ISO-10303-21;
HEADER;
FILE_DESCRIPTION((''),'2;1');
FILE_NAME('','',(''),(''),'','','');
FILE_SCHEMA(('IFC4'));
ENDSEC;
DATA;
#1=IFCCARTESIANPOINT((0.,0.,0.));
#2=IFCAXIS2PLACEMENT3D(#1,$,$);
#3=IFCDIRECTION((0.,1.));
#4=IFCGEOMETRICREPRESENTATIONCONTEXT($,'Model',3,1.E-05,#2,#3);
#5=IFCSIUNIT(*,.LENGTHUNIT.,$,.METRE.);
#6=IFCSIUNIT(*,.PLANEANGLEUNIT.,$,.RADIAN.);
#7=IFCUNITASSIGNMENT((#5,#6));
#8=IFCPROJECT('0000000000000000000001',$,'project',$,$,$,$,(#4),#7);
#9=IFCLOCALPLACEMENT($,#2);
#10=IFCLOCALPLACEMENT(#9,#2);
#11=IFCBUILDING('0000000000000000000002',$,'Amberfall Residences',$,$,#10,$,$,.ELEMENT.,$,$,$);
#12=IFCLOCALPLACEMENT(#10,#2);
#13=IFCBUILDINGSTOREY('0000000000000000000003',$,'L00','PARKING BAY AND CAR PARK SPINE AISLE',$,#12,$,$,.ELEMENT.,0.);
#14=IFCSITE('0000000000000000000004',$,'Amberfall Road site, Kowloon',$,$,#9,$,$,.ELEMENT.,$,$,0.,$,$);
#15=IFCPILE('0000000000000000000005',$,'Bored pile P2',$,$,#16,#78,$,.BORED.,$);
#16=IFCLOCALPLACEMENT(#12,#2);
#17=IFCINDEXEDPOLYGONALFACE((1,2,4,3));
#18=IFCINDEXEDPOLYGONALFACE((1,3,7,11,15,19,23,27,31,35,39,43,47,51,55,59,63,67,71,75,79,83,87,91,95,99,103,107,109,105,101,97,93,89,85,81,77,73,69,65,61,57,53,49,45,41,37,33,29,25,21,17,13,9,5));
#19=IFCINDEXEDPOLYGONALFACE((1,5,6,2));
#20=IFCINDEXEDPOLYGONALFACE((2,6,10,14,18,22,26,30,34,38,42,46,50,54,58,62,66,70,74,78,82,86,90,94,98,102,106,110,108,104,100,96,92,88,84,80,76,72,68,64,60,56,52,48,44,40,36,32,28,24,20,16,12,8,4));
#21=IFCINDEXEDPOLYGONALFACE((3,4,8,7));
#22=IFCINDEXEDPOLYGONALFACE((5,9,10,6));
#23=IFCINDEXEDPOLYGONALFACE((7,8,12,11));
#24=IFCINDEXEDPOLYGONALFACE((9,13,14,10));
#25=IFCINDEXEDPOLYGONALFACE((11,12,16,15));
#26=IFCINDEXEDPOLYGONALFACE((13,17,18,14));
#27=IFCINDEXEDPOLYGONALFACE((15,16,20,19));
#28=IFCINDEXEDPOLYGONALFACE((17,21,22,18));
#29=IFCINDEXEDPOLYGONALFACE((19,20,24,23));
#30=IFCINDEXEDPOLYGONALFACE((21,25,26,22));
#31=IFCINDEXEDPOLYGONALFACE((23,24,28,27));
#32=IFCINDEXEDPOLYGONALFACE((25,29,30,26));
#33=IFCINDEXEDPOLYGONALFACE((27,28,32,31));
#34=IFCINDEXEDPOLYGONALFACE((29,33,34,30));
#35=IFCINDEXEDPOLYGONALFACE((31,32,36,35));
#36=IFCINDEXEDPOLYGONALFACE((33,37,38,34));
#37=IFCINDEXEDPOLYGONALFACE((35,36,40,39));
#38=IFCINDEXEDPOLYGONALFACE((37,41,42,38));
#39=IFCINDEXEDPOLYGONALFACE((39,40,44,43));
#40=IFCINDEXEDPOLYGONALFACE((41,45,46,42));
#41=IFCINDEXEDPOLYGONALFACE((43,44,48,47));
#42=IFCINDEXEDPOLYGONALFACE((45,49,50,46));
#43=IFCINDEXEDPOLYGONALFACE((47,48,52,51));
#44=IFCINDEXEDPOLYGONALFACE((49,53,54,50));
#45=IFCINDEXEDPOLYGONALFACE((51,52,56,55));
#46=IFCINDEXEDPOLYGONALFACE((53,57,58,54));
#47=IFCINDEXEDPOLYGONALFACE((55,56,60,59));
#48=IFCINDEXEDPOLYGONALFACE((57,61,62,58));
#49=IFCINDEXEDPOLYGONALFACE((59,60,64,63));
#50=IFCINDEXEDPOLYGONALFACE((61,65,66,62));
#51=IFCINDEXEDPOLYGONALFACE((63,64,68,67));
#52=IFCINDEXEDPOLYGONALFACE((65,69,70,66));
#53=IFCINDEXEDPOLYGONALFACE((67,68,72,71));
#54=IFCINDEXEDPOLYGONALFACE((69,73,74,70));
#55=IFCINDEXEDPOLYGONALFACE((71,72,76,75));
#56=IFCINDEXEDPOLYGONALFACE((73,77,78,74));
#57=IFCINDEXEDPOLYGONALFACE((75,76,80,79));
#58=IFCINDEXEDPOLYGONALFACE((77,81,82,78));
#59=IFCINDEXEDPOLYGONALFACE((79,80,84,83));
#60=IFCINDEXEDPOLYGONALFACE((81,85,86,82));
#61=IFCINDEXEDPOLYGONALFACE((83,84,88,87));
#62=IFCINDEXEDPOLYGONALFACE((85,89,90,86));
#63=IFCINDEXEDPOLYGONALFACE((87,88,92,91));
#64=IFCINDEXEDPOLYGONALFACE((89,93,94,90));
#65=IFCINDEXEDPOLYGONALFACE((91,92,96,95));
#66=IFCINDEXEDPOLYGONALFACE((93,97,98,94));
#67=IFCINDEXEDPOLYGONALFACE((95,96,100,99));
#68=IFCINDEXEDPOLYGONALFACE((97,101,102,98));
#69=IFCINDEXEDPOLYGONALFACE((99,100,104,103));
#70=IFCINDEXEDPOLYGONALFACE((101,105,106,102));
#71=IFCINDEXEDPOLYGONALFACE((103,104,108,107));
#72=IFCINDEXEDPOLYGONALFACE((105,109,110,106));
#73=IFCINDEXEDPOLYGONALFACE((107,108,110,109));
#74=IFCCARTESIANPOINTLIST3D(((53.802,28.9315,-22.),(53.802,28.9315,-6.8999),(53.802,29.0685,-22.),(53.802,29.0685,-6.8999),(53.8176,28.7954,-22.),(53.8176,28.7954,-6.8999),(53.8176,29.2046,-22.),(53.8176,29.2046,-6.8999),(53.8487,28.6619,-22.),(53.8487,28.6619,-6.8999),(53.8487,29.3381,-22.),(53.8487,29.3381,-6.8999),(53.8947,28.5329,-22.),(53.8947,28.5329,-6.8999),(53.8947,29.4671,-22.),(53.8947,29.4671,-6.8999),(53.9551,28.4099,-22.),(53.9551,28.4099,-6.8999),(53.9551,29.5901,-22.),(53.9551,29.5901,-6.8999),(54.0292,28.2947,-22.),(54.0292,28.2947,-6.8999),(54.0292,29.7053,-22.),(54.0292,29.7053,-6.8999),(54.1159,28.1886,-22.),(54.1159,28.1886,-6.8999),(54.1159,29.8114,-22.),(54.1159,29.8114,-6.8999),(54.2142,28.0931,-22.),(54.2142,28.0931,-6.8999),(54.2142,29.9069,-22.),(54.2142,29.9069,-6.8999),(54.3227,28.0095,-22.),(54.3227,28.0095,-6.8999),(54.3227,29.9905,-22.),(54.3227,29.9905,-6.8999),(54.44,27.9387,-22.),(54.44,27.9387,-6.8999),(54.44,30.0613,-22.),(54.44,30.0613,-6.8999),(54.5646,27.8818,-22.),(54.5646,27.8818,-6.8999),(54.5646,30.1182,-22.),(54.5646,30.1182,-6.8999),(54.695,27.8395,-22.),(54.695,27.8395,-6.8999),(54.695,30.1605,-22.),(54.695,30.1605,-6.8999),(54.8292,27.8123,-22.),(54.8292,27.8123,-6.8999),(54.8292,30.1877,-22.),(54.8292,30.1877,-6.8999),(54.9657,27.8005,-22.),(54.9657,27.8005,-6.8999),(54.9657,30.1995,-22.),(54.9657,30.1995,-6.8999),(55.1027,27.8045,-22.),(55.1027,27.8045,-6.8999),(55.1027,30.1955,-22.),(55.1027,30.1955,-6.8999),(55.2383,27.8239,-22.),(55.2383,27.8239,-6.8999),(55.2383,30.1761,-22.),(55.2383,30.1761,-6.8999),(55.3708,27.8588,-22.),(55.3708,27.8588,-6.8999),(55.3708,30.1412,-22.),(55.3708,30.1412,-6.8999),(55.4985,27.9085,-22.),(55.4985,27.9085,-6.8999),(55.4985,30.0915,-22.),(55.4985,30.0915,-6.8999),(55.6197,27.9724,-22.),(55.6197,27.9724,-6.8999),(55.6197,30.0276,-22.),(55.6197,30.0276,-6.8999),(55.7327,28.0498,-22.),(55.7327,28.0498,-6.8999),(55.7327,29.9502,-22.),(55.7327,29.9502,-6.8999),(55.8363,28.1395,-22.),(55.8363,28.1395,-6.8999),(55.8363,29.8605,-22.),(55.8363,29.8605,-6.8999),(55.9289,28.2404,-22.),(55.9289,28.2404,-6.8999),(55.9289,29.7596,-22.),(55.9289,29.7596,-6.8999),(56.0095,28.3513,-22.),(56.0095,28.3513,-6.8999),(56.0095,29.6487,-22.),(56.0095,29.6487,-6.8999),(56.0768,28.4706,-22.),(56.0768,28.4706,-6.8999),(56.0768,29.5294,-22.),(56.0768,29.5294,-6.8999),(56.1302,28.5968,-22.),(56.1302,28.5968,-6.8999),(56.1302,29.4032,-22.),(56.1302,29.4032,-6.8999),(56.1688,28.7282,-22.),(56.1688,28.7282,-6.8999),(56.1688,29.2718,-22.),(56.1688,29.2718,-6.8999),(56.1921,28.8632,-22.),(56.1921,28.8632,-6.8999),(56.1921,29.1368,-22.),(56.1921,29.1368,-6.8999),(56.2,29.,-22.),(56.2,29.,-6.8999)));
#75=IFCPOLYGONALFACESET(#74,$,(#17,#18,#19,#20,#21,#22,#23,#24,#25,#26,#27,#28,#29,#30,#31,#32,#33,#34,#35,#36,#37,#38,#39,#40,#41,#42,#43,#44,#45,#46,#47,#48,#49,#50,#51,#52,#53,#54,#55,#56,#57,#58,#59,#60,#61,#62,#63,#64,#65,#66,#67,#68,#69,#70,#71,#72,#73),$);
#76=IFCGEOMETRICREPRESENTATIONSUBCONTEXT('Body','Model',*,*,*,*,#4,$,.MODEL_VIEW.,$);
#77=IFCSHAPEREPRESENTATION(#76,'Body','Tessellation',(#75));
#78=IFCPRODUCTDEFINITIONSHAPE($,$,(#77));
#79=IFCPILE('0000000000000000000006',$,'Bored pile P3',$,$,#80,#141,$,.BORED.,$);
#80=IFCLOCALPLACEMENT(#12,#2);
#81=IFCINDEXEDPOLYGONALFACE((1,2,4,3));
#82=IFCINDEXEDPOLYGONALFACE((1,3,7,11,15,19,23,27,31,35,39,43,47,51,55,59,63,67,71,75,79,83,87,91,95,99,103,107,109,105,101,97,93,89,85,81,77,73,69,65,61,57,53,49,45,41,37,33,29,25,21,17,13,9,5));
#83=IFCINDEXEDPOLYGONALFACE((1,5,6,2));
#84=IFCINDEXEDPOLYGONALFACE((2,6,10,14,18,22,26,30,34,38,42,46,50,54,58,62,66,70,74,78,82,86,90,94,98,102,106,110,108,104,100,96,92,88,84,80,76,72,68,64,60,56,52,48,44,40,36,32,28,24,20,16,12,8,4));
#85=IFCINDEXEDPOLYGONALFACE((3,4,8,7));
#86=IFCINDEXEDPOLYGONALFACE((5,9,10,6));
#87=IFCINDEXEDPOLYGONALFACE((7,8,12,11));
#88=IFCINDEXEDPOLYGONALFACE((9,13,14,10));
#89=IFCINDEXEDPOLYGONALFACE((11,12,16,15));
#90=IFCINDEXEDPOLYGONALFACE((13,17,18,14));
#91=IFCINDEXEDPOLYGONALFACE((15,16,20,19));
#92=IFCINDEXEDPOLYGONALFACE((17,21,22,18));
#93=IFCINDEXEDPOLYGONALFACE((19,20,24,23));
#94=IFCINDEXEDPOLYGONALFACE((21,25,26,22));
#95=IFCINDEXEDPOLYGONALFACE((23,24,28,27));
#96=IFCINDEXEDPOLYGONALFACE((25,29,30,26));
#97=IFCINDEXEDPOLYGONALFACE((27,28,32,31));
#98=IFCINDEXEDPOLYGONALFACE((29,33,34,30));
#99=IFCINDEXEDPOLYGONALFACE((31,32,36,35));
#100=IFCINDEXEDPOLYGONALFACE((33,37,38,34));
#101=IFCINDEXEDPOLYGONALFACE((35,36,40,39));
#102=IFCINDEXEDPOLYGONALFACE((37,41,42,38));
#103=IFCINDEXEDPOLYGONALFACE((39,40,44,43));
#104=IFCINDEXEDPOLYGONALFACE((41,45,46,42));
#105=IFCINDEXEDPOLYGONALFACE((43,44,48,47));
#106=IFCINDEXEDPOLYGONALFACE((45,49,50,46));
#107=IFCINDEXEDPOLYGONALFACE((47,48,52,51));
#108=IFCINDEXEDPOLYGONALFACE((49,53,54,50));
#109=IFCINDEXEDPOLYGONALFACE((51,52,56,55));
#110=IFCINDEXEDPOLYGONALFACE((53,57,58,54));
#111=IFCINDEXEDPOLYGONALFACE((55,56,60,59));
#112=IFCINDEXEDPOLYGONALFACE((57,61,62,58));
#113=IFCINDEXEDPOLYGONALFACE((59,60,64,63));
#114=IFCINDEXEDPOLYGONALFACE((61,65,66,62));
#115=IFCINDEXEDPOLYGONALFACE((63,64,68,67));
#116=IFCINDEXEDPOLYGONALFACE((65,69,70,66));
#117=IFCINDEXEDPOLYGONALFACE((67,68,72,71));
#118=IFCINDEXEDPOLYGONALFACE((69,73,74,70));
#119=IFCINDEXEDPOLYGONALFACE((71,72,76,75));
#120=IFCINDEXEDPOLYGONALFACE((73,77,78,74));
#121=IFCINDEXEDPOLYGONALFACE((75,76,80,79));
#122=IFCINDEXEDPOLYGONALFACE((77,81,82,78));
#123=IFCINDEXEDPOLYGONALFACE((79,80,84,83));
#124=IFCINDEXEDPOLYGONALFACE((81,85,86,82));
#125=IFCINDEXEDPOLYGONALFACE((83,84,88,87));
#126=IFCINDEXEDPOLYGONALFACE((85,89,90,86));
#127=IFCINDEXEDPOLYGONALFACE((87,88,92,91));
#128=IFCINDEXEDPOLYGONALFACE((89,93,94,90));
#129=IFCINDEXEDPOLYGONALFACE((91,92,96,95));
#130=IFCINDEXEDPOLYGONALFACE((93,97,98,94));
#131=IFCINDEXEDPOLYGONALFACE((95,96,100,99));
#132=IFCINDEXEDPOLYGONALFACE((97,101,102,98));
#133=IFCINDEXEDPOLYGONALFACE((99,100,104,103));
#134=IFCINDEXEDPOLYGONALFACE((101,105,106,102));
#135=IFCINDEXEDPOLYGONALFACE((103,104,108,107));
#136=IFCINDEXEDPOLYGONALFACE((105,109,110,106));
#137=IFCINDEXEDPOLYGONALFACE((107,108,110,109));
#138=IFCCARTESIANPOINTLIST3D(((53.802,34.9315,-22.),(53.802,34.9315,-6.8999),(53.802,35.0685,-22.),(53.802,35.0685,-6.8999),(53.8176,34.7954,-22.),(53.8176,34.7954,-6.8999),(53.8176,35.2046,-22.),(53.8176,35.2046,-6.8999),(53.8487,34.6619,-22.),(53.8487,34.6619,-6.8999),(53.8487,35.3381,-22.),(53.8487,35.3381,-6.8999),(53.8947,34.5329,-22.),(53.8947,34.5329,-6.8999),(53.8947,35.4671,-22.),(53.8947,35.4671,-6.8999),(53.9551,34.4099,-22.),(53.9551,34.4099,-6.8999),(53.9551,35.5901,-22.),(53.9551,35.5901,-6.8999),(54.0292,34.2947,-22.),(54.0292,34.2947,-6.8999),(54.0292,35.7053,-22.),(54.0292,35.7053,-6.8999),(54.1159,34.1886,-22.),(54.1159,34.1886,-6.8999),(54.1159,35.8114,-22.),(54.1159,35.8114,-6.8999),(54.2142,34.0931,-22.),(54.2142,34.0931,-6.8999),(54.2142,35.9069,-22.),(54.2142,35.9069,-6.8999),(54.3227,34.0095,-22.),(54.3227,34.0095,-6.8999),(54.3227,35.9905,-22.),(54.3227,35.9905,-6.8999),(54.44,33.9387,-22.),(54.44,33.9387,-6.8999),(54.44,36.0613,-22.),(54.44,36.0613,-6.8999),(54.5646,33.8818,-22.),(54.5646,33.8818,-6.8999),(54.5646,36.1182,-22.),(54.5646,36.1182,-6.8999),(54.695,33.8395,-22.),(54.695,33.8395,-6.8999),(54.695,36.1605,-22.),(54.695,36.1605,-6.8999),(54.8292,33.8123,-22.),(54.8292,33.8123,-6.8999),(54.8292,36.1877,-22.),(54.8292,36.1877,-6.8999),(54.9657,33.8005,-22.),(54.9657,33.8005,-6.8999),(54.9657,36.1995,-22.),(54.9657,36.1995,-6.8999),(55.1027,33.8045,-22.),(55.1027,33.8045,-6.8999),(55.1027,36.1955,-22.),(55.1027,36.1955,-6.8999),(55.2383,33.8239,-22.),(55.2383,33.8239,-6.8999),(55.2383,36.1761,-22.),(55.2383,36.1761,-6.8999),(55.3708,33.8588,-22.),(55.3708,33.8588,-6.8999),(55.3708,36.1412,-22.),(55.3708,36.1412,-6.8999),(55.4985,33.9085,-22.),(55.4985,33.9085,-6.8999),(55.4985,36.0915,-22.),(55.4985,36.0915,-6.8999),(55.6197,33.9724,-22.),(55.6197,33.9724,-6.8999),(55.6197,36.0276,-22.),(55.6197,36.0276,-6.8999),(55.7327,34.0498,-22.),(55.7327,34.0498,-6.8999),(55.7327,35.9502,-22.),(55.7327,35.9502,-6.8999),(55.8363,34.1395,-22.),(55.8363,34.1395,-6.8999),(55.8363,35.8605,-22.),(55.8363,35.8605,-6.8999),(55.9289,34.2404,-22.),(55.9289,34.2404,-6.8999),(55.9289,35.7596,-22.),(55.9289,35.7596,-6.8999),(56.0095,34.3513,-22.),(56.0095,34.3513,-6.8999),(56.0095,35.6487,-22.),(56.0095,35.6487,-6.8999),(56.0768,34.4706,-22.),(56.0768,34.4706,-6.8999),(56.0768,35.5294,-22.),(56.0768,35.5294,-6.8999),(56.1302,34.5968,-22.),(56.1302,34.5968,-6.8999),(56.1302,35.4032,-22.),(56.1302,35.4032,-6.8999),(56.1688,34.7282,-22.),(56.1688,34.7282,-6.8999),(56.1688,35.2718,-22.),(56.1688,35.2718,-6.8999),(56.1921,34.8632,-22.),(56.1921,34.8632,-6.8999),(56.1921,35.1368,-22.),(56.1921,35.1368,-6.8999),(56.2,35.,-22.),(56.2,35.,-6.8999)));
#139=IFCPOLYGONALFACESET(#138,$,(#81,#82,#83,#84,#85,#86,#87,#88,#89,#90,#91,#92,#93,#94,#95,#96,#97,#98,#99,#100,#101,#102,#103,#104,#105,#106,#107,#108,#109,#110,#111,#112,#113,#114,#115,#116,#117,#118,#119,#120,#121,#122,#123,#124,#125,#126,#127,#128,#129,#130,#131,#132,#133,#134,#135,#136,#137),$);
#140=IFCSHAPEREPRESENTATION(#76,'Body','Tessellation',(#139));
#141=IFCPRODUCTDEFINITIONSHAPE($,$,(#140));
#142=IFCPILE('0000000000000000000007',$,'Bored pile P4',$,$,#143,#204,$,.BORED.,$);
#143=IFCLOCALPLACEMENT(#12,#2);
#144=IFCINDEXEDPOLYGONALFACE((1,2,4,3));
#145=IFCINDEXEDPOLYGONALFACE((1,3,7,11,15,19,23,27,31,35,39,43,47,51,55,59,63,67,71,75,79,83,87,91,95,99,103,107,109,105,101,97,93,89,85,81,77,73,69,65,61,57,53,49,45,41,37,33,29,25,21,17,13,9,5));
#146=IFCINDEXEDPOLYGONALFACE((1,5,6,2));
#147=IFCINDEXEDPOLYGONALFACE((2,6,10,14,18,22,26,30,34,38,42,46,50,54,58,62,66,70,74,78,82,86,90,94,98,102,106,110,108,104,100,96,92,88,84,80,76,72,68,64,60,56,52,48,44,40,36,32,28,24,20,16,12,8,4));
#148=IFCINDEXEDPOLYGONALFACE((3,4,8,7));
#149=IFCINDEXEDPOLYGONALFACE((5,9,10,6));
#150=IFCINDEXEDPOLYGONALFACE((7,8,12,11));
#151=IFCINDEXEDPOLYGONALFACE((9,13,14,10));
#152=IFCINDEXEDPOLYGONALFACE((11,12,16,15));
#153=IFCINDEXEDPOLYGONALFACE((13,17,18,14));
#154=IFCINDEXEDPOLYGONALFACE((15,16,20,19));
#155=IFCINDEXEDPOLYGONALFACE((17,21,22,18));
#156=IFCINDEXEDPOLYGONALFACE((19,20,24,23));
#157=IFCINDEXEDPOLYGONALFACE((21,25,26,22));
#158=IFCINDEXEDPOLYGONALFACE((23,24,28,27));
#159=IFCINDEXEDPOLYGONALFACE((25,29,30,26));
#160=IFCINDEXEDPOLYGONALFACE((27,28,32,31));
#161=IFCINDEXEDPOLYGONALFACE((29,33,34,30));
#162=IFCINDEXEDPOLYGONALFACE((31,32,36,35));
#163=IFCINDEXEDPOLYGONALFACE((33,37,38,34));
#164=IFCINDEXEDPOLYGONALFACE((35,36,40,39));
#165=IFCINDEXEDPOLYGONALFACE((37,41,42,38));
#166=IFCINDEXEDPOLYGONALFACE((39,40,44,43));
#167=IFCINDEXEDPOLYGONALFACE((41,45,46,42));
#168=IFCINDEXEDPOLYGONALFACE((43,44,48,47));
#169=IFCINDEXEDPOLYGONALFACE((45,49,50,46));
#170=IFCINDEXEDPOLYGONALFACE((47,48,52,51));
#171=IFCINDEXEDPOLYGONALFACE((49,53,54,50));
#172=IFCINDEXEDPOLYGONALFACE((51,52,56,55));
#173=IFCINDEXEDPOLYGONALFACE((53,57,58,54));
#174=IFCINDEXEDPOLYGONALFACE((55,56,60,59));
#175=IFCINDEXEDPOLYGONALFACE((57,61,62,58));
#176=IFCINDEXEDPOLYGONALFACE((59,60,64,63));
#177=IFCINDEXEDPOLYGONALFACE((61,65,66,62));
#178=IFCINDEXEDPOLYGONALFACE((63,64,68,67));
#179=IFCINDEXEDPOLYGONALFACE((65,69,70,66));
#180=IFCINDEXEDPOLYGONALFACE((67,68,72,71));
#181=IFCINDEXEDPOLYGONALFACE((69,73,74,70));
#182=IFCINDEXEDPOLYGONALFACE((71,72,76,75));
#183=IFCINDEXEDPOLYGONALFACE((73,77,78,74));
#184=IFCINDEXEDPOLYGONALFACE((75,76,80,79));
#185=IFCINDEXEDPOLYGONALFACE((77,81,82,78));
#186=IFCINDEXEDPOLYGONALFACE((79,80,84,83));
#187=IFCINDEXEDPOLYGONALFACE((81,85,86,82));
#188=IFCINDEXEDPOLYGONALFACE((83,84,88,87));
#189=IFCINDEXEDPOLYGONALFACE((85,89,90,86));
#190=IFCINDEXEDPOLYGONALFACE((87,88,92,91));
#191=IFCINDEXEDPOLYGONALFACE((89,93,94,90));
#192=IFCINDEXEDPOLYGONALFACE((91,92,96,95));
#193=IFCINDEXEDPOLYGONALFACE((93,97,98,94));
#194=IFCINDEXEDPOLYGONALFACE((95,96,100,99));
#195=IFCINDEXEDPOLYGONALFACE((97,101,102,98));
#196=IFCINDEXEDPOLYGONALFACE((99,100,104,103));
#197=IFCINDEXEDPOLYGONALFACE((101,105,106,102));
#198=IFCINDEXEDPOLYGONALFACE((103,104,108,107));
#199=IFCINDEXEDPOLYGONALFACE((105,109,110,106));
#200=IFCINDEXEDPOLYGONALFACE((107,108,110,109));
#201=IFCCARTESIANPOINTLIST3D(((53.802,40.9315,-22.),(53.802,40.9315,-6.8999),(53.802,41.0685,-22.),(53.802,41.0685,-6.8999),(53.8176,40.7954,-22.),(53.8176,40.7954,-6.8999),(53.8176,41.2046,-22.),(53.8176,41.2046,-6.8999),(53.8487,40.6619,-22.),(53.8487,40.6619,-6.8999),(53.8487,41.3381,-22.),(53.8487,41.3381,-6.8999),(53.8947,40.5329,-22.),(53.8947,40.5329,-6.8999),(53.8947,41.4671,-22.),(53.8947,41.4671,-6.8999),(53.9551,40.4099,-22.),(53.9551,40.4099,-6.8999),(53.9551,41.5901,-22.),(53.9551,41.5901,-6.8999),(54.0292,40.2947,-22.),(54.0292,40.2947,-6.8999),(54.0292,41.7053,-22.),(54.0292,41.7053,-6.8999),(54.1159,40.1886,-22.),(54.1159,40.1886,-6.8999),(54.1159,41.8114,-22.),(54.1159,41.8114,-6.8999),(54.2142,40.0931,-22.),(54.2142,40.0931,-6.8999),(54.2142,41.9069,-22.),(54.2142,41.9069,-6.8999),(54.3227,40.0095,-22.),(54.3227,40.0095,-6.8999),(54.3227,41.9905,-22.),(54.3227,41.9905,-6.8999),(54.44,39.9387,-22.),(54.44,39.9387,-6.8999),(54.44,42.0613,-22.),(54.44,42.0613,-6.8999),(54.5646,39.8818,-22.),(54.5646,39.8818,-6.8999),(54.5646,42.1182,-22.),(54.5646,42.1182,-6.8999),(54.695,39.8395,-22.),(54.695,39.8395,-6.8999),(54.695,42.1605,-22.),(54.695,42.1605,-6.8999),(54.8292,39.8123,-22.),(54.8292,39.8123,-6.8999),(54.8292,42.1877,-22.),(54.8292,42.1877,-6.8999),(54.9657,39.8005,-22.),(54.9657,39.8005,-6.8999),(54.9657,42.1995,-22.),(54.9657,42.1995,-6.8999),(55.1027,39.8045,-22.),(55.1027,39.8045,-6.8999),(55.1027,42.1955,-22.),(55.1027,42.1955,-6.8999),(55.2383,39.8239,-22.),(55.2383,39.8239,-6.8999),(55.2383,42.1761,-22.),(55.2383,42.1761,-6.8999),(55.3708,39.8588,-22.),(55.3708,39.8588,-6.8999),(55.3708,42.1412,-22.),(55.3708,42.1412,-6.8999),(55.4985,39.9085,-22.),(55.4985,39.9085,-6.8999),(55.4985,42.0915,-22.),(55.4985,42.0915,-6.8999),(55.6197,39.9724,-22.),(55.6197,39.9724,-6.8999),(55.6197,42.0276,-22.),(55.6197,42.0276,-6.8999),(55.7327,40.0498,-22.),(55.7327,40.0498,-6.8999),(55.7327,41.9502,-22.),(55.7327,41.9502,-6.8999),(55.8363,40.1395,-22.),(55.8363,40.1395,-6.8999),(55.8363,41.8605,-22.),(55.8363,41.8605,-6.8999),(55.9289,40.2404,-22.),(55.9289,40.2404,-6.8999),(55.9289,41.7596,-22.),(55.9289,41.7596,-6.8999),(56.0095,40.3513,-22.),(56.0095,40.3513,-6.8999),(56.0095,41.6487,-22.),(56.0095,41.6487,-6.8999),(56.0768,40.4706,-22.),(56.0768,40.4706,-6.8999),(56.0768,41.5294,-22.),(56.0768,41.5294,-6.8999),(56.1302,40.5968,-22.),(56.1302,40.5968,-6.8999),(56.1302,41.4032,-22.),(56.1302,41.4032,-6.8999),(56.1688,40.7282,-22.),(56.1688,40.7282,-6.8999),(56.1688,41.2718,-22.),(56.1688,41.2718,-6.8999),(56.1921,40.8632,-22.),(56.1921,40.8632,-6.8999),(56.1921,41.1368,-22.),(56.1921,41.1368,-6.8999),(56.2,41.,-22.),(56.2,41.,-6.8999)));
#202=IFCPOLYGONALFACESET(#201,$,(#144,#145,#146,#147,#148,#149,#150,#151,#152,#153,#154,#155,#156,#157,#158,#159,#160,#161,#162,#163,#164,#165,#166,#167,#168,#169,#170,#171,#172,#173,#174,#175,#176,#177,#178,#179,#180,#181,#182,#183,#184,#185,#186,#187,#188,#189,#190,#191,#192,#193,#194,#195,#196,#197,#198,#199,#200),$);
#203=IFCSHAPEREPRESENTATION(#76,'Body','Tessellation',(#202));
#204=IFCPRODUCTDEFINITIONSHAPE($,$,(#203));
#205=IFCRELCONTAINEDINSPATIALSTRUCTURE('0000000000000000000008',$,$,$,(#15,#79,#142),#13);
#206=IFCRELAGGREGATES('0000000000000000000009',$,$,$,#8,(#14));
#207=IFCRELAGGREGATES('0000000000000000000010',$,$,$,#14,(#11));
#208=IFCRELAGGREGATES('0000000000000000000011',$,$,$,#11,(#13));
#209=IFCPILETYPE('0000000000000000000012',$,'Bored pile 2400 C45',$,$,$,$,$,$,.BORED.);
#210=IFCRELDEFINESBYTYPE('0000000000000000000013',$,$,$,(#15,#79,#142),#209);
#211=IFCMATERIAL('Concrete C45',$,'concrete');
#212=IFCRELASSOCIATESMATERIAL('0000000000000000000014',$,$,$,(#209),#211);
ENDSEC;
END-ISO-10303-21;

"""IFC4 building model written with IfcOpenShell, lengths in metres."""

from ifc_helpers import new_model, si_unit, direction, frame, origin, origin_2d, place, context, subcontext, project, spatial, circle, extrude, material, material_profile, profile_set, type_object, element, save


model = new_model("IFC4")

# Units and contexts
model_context = context("Model", 3, precision=1e-05, world=origin(), true_north=direction((0.0, 1.0)))
body_context = subcontext(model_context, "Body", "Model", "MODEL_VIEW")
ifc_project = project(units=[si_unit("LENGTHUNIT", "METRE"), si_unit("PLANEANGLEUNIT", "RADIAN")], contexts=[model_context])

# Site, building, storey
site_placement = place(None, origin())
site = spatial("IfcSite", under=ifc_project, at=site_placement, Name="Amberfall Road site, Kowloon", CompositionType="ELEMENT", RefElevation=0.0)
building_placement = place(site_placement, origin())
building = spatial("IfcBuilding", under=site, at=building_placement, Name="Amberfall Residences", CompositionType="ELEMENT")
storey_placement = place(building_placement, origin())
storey = spatial("IfcBuildingStorey", under=building, at=storey_placement, Name="L00", Description="PARKING BAY AND CAR PARK SPINE AISLE", CompositionType="ELEMENT", Elevation=0.0)

# Piles
ifc_material_1 = material(Name="Concrete C45", Category="concrete")
ifc_material_profile_1 = material_profile(ifc_material_1, circle(Radius=1.2, at=origin_2d()), Name="Bored pile 2400 C45")
ifc_profile_set_1 = profile_set([ifc_material_profile_1], Name="Concrete C45")
pile_type = type_object("IfcPileType", Name="Bored pile 2400 C45", PredefinedType="BORED", material=ifc_profile_set_1)
for number, where, z_axis, x_axis, name in (
    (1, (55.0, 29.0, -6.8999), (0.0, 0.0, -1.0), (1.0, 0.0, 0.0), "Bored pile P2"),
    (2, (55.0, 35.0, -6.8999), (0.0, 0.0, -1.0), (1.0, 0.0, 0.0), "Bored pile P3"),
    (3, (55.0, 41.0, -6.8999), (0.0, 0.0, -1.0), (1.0, 0.0, 0.0), "Bored pile P4"),
):
    element("IfcPile", number, at=place(storey_placement, frame(where, z_axis=z_axis, x_axis=x_axis)), inside=storey, type_object=pile_type, Name=name, PredefinedType="BORED", context=body_context, shape_type="SweptSolid", body=[
        extrude(circle(Radius=1.2, at=origin_2d()), origin(), (0.0, 0.0, 1.0), 15.1001),
    ])

save(model, "model.ifc")
